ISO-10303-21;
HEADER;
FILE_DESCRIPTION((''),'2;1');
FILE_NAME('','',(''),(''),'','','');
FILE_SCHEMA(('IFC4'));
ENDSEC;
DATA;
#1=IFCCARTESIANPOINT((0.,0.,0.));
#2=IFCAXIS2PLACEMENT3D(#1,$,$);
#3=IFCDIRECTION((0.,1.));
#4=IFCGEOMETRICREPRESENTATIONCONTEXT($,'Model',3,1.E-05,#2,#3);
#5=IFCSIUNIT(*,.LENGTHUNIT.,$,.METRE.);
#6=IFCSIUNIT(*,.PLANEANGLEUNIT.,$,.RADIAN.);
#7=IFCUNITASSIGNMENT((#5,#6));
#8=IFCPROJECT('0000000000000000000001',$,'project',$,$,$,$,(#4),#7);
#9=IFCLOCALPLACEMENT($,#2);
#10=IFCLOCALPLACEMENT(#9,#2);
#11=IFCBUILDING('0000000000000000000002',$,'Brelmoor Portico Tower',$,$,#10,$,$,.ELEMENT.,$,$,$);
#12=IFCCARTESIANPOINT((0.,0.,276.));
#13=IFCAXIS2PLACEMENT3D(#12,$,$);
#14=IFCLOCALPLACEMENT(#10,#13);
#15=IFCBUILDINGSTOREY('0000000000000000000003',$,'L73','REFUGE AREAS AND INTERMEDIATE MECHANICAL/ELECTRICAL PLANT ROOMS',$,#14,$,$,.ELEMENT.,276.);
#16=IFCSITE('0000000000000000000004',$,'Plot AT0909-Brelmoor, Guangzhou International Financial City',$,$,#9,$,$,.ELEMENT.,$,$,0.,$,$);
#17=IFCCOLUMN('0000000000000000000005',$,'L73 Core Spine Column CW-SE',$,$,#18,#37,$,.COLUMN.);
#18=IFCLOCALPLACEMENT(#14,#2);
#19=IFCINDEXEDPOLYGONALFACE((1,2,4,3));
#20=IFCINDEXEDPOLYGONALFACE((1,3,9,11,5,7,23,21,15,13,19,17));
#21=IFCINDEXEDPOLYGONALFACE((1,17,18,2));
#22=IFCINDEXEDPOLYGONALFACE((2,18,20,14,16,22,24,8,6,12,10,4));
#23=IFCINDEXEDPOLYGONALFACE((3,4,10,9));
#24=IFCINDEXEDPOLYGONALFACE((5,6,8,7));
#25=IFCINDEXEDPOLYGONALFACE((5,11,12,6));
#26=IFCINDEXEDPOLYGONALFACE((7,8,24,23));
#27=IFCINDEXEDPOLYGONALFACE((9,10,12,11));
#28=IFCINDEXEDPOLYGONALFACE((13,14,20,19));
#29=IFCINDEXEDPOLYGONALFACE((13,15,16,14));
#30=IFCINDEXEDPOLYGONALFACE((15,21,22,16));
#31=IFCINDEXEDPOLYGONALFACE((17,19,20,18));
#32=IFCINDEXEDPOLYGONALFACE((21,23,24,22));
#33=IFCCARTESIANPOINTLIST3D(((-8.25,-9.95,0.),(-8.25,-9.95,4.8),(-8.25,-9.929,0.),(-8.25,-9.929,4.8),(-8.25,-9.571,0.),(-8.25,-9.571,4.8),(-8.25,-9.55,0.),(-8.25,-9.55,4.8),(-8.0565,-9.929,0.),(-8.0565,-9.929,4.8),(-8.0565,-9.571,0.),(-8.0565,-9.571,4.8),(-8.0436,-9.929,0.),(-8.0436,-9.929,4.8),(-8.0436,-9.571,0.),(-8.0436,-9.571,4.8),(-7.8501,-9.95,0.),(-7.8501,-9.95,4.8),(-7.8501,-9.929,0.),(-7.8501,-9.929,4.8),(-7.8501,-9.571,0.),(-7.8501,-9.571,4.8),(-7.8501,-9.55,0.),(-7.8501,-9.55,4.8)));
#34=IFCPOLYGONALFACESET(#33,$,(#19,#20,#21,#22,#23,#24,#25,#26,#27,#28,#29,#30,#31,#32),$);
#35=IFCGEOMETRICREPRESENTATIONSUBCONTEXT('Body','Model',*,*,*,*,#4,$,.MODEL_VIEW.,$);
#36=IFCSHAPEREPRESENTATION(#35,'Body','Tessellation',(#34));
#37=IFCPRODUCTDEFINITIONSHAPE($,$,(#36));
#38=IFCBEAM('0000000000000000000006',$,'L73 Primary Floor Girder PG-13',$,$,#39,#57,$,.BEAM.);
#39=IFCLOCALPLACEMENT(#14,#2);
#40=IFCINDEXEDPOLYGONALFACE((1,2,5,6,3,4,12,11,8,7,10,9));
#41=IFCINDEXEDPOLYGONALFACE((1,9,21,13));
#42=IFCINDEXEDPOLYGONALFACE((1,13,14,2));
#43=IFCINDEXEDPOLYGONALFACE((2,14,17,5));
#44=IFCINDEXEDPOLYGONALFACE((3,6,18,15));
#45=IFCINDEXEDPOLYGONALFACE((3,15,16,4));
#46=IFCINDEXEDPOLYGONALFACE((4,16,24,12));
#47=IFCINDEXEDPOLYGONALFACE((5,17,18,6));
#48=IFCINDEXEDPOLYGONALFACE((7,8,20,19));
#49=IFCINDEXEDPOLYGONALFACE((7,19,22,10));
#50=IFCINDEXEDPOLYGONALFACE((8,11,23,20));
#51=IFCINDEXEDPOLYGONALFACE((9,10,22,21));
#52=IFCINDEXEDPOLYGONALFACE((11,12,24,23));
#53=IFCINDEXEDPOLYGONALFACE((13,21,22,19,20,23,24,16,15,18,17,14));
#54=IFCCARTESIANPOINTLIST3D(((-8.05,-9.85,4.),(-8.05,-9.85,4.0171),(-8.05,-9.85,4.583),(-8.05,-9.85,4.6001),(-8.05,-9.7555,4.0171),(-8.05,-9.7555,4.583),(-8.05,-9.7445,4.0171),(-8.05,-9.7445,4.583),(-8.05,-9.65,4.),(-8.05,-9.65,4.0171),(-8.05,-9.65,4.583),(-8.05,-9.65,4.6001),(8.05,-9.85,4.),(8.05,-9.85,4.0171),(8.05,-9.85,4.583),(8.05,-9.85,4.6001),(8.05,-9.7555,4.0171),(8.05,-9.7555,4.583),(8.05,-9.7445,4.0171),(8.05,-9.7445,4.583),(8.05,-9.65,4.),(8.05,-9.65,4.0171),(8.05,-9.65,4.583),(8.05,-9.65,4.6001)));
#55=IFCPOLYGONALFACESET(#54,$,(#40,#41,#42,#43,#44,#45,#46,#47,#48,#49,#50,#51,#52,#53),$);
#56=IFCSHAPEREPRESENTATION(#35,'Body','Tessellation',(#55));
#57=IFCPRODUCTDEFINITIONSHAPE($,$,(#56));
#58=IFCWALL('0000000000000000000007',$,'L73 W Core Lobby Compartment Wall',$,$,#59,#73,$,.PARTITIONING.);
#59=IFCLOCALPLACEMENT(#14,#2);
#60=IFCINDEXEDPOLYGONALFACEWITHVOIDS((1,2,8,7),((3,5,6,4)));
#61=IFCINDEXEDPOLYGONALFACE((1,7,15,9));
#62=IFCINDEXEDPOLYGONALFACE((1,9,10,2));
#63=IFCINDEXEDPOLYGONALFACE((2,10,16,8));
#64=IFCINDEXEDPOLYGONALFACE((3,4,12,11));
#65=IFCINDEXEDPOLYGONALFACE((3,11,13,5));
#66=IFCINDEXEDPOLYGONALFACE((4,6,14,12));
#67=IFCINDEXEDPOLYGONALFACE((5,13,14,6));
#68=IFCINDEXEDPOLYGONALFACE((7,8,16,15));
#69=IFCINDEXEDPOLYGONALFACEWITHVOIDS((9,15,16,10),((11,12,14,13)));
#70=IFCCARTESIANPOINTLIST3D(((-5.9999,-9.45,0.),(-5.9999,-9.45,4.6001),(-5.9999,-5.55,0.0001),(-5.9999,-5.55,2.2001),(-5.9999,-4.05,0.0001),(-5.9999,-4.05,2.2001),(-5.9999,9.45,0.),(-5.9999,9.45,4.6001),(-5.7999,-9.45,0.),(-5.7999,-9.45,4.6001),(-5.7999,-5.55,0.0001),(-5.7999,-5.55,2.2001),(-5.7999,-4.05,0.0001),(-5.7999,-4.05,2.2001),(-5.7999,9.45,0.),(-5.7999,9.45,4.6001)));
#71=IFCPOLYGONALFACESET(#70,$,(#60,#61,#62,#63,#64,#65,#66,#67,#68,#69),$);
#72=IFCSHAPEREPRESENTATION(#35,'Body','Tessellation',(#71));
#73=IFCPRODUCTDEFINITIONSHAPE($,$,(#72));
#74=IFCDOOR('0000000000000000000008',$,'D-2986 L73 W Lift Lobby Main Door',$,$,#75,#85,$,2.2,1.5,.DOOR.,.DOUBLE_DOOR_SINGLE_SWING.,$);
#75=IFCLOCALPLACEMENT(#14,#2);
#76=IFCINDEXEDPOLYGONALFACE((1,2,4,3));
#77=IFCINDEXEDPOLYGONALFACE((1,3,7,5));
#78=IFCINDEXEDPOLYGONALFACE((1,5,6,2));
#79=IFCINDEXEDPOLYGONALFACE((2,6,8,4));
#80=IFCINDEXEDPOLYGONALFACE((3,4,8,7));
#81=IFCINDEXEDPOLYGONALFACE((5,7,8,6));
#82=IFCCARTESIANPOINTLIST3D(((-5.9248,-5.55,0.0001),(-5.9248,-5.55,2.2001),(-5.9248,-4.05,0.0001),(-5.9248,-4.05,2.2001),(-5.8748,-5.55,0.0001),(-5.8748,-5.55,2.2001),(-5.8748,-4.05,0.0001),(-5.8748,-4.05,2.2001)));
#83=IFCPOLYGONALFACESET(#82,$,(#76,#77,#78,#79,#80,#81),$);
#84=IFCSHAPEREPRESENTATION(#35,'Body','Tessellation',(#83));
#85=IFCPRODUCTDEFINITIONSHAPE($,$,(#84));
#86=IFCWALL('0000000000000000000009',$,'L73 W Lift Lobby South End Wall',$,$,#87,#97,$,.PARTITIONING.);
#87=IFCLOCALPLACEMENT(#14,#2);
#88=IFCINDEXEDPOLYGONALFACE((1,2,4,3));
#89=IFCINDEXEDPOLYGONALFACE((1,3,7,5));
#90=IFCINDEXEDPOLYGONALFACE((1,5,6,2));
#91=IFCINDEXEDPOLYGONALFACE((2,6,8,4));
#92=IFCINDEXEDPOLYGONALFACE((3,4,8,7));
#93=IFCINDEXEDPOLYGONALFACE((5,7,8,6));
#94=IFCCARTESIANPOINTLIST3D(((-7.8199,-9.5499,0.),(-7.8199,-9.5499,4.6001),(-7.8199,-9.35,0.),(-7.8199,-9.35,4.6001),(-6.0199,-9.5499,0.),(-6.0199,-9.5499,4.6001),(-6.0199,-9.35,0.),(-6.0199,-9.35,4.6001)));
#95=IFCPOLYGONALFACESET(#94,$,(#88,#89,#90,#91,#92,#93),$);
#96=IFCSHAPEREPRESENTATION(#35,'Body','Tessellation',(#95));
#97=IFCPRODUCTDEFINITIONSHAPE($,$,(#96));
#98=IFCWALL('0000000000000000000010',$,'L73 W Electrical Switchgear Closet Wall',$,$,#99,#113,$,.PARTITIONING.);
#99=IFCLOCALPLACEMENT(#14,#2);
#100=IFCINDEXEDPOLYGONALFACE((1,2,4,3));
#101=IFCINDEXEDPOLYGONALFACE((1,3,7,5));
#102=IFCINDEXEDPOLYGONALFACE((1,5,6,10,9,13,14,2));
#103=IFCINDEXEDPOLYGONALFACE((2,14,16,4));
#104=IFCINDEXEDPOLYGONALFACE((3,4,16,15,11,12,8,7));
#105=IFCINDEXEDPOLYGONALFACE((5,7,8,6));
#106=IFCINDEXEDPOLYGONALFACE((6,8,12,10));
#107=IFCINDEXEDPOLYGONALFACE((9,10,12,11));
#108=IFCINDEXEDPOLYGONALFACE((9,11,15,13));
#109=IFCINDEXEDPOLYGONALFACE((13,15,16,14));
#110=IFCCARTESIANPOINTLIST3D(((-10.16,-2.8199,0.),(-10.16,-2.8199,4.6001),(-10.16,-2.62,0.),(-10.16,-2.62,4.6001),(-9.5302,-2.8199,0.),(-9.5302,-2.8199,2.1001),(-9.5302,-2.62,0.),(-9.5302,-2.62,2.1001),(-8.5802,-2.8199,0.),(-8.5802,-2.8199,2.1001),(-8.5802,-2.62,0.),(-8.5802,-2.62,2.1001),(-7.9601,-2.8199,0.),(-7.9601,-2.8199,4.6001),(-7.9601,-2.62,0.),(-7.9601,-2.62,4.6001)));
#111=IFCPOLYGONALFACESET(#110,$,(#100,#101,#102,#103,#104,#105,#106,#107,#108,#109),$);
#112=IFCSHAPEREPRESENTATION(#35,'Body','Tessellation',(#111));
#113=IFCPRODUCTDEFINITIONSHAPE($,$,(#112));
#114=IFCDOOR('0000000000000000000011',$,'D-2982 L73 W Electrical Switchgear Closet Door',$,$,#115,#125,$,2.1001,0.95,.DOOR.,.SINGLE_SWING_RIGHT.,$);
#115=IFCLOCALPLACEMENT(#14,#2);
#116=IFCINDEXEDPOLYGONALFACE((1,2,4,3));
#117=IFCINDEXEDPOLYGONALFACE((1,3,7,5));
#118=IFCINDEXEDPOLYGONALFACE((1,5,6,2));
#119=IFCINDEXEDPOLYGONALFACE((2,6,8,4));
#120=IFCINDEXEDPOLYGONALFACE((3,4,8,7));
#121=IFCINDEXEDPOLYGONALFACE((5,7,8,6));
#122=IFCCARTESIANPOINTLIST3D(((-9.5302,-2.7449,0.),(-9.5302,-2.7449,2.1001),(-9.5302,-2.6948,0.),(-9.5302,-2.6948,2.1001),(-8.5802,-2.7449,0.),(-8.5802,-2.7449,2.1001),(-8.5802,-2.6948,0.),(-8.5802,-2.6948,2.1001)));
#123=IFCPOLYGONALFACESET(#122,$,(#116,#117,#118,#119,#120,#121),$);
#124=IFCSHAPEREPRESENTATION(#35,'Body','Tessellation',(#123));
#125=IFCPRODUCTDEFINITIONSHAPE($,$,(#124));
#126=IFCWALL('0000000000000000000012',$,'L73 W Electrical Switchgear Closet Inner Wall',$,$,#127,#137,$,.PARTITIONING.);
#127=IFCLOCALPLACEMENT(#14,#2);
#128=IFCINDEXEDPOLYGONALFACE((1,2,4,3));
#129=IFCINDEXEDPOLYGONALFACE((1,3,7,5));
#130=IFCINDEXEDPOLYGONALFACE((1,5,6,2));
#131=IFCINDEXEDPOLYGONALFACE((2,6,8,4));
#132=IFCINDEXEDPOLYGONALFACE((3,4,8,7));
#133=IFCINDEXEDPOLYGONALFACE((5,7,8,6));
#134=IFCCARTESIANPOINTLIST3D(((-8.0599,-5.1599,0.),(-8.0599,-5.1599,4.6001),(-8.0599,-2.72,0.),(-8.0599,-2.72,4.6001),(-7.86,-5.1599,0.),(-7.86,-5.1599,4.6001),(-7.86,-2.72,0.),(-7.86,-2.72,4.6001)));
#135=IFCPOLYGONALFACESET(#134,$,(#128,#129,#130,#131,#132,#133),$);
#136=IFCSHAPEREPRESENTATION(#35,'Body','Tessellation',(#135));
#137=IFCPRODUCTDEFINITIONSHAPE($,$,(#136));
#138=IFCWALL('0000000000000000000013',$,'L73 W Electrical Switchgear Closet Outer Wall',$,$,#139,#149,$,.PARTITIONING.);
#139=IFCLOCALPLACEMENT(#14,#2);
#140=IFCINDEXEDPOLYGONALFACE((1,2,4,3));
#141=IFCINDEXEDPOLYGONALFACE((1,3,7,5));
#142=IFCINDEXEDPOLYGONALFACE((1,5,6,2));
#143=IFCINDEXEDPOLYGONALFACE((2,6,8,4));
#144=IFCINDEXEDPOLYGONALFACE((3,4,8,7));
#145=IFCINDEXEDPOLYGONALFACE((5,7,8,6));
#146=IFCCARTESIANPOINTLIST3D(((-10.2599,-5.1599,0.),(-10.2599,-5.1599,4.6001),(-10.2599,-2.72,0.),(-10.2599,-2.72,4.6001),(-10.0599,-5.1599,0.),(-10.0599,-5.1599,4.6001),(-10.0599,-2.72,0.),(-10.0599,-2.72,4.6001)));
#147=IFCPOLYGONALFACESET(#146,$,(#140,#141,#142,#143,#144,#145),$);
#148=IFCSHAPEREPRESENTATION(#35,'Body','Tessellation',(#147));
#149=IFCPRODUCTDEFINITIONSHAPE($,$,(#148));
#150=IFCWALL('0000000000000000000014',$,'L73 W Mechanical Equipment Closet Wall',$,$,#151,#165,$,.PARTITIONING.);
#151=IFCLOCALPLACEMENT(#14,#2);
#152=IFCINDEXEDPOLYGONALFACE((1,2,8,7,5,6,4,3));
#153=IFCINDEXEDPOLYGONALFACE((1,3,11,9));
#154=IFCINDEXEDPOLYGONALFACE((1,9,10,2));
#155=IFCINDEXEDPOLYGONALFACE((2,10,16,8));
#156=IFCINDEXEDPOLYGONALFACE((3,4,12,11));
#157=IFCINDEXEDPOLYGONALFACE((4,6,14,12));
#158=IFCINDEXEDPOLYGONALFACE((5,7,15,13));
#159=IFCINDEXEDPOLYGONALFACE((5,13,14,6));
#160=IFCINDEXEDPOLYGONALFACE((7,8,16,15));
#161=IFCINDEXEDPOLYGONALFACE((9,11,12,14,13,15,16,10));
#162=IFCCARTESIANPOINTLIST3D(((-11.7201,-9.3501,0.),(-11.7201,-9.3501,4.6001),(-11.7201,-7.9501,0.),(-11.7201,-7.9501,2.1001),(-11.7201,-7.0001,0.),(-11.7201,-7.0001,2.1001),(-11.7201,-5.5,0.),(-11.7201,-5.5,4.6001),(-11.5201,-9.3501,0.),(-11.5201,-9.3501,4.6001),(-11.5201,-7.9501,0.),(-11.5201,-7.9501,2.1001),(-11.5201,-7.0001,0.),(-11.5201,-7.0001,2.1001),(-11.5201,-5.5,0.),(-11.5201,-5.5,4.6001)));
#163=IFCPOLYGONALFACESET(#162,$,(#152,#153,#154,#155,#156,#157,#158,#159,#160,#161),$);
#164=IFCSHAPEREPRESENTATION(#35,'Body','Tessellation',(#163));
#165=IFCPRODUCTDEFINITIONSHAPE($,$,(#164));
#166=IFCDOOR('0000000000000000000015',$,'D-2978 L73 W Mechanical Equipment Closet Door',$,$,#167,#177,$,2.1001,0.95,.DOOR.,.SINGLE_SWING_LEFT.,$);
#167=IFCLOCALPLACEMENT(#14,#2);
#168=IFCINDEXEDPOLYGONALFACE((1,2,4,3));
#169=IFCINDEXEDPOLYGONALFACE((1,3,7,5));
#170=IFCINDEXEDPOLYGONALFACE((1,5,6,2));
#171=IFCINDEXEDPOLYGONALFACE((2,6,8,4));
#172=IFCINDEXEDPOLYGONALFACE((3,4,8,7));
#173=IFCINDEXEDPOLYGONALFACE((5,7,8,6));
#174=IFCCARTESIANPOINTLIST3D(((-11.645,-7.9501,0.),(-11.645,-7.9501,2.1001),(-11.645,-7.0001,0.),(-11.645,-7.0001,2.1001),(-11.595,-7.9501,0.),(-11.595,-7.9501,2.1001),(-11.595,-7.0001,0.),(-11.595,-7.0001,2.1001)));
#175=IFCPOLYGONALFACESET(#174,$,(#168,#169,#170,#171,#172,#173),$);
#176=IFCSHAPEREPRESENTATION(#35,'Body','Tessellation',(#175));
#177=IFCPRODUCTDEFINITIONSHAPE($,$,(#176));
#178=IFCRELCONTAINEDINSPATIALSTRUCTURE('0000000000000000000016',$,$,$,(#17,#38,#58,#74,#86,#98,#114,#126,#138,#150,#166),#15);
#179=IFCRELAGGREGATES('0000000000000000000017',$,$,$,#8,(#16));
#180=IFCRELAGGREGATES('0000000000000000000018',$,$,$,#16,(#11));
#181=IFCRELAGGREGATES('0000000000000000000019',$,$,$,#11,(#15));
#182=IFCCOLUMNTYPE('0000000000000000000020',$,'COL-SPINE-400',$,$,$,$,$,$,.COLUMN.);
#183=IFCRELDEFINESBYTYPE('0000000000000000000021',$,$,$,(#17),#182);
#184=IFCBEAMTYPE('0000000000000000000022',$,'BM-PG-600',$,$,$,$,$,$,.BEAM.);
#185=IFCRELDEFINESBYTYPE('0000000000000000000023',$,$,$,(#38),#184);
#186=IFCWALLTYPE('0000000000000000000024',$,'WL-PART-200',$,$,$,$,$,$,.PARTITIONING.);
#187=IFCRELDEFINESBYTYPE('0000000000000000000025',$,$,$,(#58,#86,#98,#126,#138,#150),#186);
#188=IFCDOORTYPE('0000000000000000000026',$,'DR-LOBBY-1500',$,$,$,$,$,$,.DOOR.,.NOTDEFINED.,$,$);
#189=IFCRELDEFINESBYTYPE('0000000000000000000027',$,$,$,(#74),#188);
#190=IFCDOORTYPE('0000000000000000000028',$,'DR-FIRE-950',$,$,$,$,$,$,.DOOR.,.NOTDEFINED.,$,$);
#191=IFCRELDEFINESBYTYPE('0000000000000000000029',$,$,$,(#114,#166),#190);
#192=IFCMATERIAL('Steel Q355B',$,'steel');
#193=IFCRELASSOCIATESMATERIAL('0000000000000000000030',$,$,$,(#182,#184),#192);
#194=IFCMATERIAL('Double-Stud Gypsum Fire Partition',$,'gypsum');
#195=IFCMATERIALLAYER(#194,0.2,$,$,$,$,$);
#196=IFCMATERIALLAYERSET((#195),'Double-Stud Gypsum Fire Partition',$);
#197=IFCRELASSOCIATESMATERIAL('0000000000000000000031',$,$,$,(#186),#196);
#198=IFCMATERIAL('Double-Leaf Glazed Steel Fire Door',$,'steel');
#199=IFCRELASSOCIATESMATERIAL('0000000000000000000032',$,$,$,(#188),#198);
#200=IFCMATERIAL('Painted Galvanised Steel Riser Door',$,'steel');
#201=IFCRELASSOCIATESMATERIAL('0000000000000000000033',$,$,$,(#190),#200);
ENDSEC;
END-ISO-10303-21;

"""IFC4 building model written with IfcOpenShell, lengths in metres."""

from ifc_helpers import new_model, si_unit, direction, frame, frame_2d, origin, origin_2d, place, context, subcontext, project, spatial, rectangle, i_section, extrude, material, layer, layer_set, material_profile, profile_set, type_object, element, fill, save


model = new_model("IFC4")

# Units and contexts
model_context = context("Model", 3, precision=1e-05, world=origin(), true_north=direction((0.0, 1.0)))
body_context = subcontext(model_context, "Body", "Model", "MODEL_VIEW")
ifc_project = project(units=[si_unit("LENGTHUNIT", "METRE"), si_unit("PLANEANGLEUNIT", "RADIAN")], contexts=[model_context])

# Site, building, storey
site_placement = place(None, origin())
site = spatial("IfcSite", under=ifc_project, at=site_placement, Name="Plot AT0909-Brelmoor, Guangzhou International Financial City", CompositionType="ELEMENT", RefElevation=0.0)
building_placement = place(site_placement, origin())
building = spatial("IfcBuilding", under=site, at=building_placement, Name="Brelmoor Portico Tower", CompositionType="ELEMENT")
storey_placement = place(building_placement, frame((0.0, 0.0, 276.0)))
storey = spatial("IfcBuildingStorey", under=building, at=storey_placement, Name="L73", Description="REFUGE AREAS AND INTERMEDIATE MECHANICAL/ELECTRICAL PLANT ROOMS", CompositionType="ELEMENT", Elevation=276.0)

# Column
ifc_material_1 = material(Name="Steel Q355B", Category="steel")
ifc_material_profile_1 = material_profile(ifc_material_1, i_section(OverallWidth=0.3999, OverallDepth=0.3999, WebThickness=0.0129, FlangeThickness=0.021, at=origin_2d()), Name="HW 400x400x13x21")
ifc_profile_set_1 = profile_set([ifc_material_profile_1], Name="Steel Q355B")
column_type = type_object("IfcColumnType", Name="COL-SPINE-400", PredefinedType="COLUMN", material=ifc_profile_set_1)
column_placement = place(storey_placement, frame((-8.05, -9.75, 0.0), z_axis=(0.0, 0.0, 1.0), x_axis=(1.0, 0.0, 0.0)))
element("IfcColumn", 1, at=column_placement, inside=storey, type_object=column_type, Name="L73 Core Spine Column CW-SE", PredefinedType="COLUMN", context=body_context, shape_type="SweptSolid", body=[
    extrude(i_section(OverallWidth=0.3999, OverallDepth=0.3999, WebThickness=0.0129, FlangeThickness=0.021, at=origin_2d()), origin(), (0.0, 0.0, 1.0), 4.8),
])

# Beam
ifc_material_profile_2 = material_profile(ifc_material_1, i_section(OverallWidth=0.2, OverallDepth=0.6001, WebThickness=0.011, FlangeThickness=0.0171, at=origin_2d()), Name="HN 600x200x11x17")
ifc_profile_set_2 = profile_set([ifc_material_profile_2], Name="Steel Q355B")
beam_type = type_object("IfcBeamType", Name="BM-PG-600", PredefinedType="BEAM", material=ifc_profile_set_2)
beam_placement = place(storey_placement, frame((-8.05, -9.75, 4.3), z_axis=(1.0, 0.0, 0.0), x_axis=(0.0, 1.0, 0.0)))
element("IfcBeam", 2, at=beam_placement, inside=storey, type_object=beam_type, Name="L73 Primary Floor Girder PG-13", PredefinedType="BEAM", context=body_context, shape_type="SweptSolid", body=[
    extrude(i_section(OverallWidth=0.2, OverallDepth=0.6001, WebThickness=0.011, FlangeThickness=0.0171, at=origin_2d()), origin(), (0.0, 0.0, 1.0), 16.1001),
])

# Wall, opening, door
ifc_material_2 = material(Name="Double-Stud Gypsum Fire Partition", Category="gypsum")
ifc_layer_1 = layer(ifc_material_2, 0.2)
ifc_layer_set_1 = layer_set([ifc_layer_1], Name="Double-Stud Gypsum Fire Partition")
wall_type_1 = type_object("IfcWallType", Name="WL-PART-200", PredefinedType="PARTITIONING", material=ifc_layer_set_1)
wall_1_placement = place(storey_placement, frame((-5.8999, -9.45, 0.0), z_axis=(0.0, 0.0, 1.0), x_axis=(0.0, 1.0, 0.0)))
wall_1 = element("IfcWall", 3, at=wall_1_placement, inside=storey, type_object=wall_type_1, Name="L73 W Core Lobby Compartment Wall", PredefinedType="PARTITIONING", context=body_context, shape_type="SweptSolid", body=[
    extrude(rectangle(XDim=18.8999, YDim=0.2, at=frame_2d((9.45, 0.0))), origin(), (0.0, 0.0, 1.0), 4.6001),
])
opening_1_placement = place(wall_1_placement, frame((3.8999, 0.0, 0.0)))
opening_1 = element("IfcOpeningElement", 4, at=opening_1_placement, cuts=wall_1, PredefinedType="OPENING", context=body_context, shape_type="SweptSolid", body=[
    extrude(rectangle(XDim=1.5, YDim=2.2, at=frame_2d((0.75, 1.1001))), frame((0.0, 0.1099, 0.0), z_axis=(0.0, -1.0, 0.0), x_axis=(1.0, 0.0, 0.0)), (0.0, 0.0, 1.0), 0.22),
])
ifc_material_3 = material(Name="Double-Leaf Glazed Steel Fire Door", Category="steel")
door_type_1 = type_object("IfcDoorType", Name="DR-LOBBY-1500", OperationType="NOTDEFINED", PredefinedType="DOOR", material=ifc_material_3)
door_1_placement = place(opening_1_placement, origin())
door_1 = element("IfcDoor", 5, at=door_1_placement, inside=storey, type_object=door_type_1, Name="D-2986 L73 W Lift Lobby Main Door", OperationType="DOUBLE_DOOR_SINGLE_SWING", OverallHeight=2.2, OverallWidth=1.5, PredefinedType="DOOR", context=body_context, shape_type="SweptSolid", body=[
    extrude(rectangle(XDim=1.5, YDim=2.2, at=frame_2d((0.75, 1.1001))), frame((0.0, 0.0249, 0.0), z_axis=(0.0, -1.0, 0.0), x_axis=(1.0, 0.0, 0.0)), (0.0, 0.0, 1.0), 0.05),
])
fill(opening_1, door_1)

# Wall
wall_2_placement = place(storey_placement, frame((-6.02, -9.45, 0.0), z_axis=(0.0, 0.0, 1.0), x_axis=(-1.0, 0.0, 0.0)))
element("IfcWall", 6, at=wall_2_placement, inside=storey, type_object=wall_type_1, Name="L73 W Lift Lobby South End Wall", PredefinedType="PARTITIONING", context=body_context, shape_type="SweptSolid", body=[
    extrude(rectangle(XDim=1.8, YDim=0.2, at=frame_2d((0.8999, 0.0))), origin(), (0.0, 0.0, 1.0), 4.6001),
])

# Wall, opening, door
wall_3_placement = place(storey_placement, frame((-7.96, -2.72, 0.0), z_axis=(0.0, 0.0, 1.0), x_axis=(-1.0, 0.0, 0.0)))
wall_3 = element("IfcWall", 7, at=wall_3_placement, inside=storey, type_object=wall_type_1, Name="L73 W Electrical Switchgear Closet Wall", PredefinedType="PARTITIONING", context=body_context, shape_type="SweptSolid", body=[
    extrude(rectangle(XDim=2.2, YDim=0.2, at=frame_2d((1.1001, 0.0))), origin(), (0.0, 0.0, 1.0), 4.6001),
])
opening_2_placement = place(wall_3_placement, frame((0.6201, 0.0, 0.0)))
opening_2 = element("IfcOpeningElement", 8, at=opening_2_placement, cuts=wall_3, PredefinedType="OPENING", context=body_context, shape_type="SweptSolid", body=[
    extrude(rectangle(XDim=0.95, YDim=2.1001, at=frame_2d((0.4751, 1.05))), frame((0.0, 0.1099, 0.0), z_axis=(0.0, -1.0, 0.0), x_axis=(1.0, 0.0, 0.0)), (0.0, 0.0, 1.0), 0.22),
])
ifc_material_4 = material(Name="Painted Galvanised Steel Riser Door", Category="steel")
door_type_2 = type_object("IfcDoorType", Name="DR-FIRE-950", OperationType="NOTDEFINED", PredefinedType="DOOR", material=ifc_material_4)
door_2_placement = place(opening_2_placement, origin())
door_2 = element("IfcDoor", 9, at=door_2_placement, inside=storey, type_object=door_type_2, Name="D-2982 L73 W Electrical Switchgear Closet Door", OperationType="SINGLE_SWING_RIGHT", OverallHeight=2.1001, OverallWidth=0.95, PredefinedType="DOOR", context=body_context, shape_type="SweptSolid", body=[
    extrude(rectangle(XDim=0.95, YDim=2.1001, at=frame_2d((0.4751, 1.05))), frame((0.0, 0.0249, 0.0), z_axis=(0.0, -1.0, 0.0), x_axis=(1.0, 0.0, 0.0)), (0.0, 0.0, 1.0), 0.05),
])
fill(opening_2, door_2)

# Walls
for number, where, z_axis, x_axis, name in (
    (10, (-7.96, -5.1599, 0.0), (0.0, 0.0, 1.0), (0.0, 1.0, 0.0), "L73 W Electrical Switchgear Closet Inner Wall"),
    (11, (-10.1599, -5.1599, 0.0), (0.0, 0.0, 1.0), (0.0, 1.0, 0.0), "L73 W Electrical Switchgear Closet Outer Wall"),
):
    element("IfcWall", number, at=place(storey_placement, frame(where, z_axis=z_axis, x_axis=x_axis)), inside=storey, type_object=wall_type_1, Name=name, PredefinedType="PARTITIONING", context=body_context, shape_type="SweptSolid", body=[
        extrude(rectangle(XDim=2.4399, YDim=0.2, at=frame_2d((1.22, 0.0))), origin(), (0.0, 0.0, 1.0), 4.6001),
    ])

# Wall, opening, door
wall_4_placement = place(storey_placement, frame((-11.6201, -9.3501, 0.0), z_axis=(0.0, 0.0, 1.0), x_axis=(0.0, 1.0, 0.0)))
wall_4 = element("IfcWall", 12, at=wall_4_placement, inside=storey, type_object=wall_type_1, Name="L73 W Mechanical Equipment Closet Wall", PredefinedType="PARTITIONING", context=body_context, shape_type="SweptSolid", body=[
    extrude(rectangle(XDim=3.8501, YDim=0.2, at=frame_2d((1.925, 0.0))), origin(), (0.0, 0.0, 1.0), 4.6001),
])
opening_3_placement = place(wall_4_placement, frame((1.3999, 0.0, 0.0)))
opening_3 = element("IfcOpeningElement", 13, at=opening_3_placement, cuts=wall_4, PredefinedType="OPENING", context=body_context, shape_type="SweptSolid", body=[
    extrude(rectangle(XDim=0.95, YDim=2.1001, at=frame_2d((0.4751, 1.05))), frame((0.0, 0.1099, 0.0), z_axis=(0.0, -1.0, 0.0), x_axis=(1.0, 0.0, 0.0)), (0.0, 0.0, 1.0), 0.22),
])
door_3_placement = place(opening_3_placement, origin())
door_3 = element("IfcDoor", 14, at=door_3_placement, inside=storey, type_object=door_type_2, Name="D-2978 L73 W Mechanical Equipment Closet Door", OperationType="SINGLE_SWING_LEFT", OverallHeight=2.1001, OverallWidth=0.95, PredefinedType="DOOR", context=body_context, shape_type="SweptSolid", body=[
    extrude(rectangle(XDim=0.95, YDim=2.1001, at=frame_2d((0.4751, 1.05))), frame((0.0, 0.0249, 0.0), z_axis=(0.0, -1.0, 0.0), x_axis=(1.0, 0.0, 0.0)), (0.0, 0.0, 1.0), 0.05),
])
fill(opening_3, door_3)

save(model, "model.ifc")
